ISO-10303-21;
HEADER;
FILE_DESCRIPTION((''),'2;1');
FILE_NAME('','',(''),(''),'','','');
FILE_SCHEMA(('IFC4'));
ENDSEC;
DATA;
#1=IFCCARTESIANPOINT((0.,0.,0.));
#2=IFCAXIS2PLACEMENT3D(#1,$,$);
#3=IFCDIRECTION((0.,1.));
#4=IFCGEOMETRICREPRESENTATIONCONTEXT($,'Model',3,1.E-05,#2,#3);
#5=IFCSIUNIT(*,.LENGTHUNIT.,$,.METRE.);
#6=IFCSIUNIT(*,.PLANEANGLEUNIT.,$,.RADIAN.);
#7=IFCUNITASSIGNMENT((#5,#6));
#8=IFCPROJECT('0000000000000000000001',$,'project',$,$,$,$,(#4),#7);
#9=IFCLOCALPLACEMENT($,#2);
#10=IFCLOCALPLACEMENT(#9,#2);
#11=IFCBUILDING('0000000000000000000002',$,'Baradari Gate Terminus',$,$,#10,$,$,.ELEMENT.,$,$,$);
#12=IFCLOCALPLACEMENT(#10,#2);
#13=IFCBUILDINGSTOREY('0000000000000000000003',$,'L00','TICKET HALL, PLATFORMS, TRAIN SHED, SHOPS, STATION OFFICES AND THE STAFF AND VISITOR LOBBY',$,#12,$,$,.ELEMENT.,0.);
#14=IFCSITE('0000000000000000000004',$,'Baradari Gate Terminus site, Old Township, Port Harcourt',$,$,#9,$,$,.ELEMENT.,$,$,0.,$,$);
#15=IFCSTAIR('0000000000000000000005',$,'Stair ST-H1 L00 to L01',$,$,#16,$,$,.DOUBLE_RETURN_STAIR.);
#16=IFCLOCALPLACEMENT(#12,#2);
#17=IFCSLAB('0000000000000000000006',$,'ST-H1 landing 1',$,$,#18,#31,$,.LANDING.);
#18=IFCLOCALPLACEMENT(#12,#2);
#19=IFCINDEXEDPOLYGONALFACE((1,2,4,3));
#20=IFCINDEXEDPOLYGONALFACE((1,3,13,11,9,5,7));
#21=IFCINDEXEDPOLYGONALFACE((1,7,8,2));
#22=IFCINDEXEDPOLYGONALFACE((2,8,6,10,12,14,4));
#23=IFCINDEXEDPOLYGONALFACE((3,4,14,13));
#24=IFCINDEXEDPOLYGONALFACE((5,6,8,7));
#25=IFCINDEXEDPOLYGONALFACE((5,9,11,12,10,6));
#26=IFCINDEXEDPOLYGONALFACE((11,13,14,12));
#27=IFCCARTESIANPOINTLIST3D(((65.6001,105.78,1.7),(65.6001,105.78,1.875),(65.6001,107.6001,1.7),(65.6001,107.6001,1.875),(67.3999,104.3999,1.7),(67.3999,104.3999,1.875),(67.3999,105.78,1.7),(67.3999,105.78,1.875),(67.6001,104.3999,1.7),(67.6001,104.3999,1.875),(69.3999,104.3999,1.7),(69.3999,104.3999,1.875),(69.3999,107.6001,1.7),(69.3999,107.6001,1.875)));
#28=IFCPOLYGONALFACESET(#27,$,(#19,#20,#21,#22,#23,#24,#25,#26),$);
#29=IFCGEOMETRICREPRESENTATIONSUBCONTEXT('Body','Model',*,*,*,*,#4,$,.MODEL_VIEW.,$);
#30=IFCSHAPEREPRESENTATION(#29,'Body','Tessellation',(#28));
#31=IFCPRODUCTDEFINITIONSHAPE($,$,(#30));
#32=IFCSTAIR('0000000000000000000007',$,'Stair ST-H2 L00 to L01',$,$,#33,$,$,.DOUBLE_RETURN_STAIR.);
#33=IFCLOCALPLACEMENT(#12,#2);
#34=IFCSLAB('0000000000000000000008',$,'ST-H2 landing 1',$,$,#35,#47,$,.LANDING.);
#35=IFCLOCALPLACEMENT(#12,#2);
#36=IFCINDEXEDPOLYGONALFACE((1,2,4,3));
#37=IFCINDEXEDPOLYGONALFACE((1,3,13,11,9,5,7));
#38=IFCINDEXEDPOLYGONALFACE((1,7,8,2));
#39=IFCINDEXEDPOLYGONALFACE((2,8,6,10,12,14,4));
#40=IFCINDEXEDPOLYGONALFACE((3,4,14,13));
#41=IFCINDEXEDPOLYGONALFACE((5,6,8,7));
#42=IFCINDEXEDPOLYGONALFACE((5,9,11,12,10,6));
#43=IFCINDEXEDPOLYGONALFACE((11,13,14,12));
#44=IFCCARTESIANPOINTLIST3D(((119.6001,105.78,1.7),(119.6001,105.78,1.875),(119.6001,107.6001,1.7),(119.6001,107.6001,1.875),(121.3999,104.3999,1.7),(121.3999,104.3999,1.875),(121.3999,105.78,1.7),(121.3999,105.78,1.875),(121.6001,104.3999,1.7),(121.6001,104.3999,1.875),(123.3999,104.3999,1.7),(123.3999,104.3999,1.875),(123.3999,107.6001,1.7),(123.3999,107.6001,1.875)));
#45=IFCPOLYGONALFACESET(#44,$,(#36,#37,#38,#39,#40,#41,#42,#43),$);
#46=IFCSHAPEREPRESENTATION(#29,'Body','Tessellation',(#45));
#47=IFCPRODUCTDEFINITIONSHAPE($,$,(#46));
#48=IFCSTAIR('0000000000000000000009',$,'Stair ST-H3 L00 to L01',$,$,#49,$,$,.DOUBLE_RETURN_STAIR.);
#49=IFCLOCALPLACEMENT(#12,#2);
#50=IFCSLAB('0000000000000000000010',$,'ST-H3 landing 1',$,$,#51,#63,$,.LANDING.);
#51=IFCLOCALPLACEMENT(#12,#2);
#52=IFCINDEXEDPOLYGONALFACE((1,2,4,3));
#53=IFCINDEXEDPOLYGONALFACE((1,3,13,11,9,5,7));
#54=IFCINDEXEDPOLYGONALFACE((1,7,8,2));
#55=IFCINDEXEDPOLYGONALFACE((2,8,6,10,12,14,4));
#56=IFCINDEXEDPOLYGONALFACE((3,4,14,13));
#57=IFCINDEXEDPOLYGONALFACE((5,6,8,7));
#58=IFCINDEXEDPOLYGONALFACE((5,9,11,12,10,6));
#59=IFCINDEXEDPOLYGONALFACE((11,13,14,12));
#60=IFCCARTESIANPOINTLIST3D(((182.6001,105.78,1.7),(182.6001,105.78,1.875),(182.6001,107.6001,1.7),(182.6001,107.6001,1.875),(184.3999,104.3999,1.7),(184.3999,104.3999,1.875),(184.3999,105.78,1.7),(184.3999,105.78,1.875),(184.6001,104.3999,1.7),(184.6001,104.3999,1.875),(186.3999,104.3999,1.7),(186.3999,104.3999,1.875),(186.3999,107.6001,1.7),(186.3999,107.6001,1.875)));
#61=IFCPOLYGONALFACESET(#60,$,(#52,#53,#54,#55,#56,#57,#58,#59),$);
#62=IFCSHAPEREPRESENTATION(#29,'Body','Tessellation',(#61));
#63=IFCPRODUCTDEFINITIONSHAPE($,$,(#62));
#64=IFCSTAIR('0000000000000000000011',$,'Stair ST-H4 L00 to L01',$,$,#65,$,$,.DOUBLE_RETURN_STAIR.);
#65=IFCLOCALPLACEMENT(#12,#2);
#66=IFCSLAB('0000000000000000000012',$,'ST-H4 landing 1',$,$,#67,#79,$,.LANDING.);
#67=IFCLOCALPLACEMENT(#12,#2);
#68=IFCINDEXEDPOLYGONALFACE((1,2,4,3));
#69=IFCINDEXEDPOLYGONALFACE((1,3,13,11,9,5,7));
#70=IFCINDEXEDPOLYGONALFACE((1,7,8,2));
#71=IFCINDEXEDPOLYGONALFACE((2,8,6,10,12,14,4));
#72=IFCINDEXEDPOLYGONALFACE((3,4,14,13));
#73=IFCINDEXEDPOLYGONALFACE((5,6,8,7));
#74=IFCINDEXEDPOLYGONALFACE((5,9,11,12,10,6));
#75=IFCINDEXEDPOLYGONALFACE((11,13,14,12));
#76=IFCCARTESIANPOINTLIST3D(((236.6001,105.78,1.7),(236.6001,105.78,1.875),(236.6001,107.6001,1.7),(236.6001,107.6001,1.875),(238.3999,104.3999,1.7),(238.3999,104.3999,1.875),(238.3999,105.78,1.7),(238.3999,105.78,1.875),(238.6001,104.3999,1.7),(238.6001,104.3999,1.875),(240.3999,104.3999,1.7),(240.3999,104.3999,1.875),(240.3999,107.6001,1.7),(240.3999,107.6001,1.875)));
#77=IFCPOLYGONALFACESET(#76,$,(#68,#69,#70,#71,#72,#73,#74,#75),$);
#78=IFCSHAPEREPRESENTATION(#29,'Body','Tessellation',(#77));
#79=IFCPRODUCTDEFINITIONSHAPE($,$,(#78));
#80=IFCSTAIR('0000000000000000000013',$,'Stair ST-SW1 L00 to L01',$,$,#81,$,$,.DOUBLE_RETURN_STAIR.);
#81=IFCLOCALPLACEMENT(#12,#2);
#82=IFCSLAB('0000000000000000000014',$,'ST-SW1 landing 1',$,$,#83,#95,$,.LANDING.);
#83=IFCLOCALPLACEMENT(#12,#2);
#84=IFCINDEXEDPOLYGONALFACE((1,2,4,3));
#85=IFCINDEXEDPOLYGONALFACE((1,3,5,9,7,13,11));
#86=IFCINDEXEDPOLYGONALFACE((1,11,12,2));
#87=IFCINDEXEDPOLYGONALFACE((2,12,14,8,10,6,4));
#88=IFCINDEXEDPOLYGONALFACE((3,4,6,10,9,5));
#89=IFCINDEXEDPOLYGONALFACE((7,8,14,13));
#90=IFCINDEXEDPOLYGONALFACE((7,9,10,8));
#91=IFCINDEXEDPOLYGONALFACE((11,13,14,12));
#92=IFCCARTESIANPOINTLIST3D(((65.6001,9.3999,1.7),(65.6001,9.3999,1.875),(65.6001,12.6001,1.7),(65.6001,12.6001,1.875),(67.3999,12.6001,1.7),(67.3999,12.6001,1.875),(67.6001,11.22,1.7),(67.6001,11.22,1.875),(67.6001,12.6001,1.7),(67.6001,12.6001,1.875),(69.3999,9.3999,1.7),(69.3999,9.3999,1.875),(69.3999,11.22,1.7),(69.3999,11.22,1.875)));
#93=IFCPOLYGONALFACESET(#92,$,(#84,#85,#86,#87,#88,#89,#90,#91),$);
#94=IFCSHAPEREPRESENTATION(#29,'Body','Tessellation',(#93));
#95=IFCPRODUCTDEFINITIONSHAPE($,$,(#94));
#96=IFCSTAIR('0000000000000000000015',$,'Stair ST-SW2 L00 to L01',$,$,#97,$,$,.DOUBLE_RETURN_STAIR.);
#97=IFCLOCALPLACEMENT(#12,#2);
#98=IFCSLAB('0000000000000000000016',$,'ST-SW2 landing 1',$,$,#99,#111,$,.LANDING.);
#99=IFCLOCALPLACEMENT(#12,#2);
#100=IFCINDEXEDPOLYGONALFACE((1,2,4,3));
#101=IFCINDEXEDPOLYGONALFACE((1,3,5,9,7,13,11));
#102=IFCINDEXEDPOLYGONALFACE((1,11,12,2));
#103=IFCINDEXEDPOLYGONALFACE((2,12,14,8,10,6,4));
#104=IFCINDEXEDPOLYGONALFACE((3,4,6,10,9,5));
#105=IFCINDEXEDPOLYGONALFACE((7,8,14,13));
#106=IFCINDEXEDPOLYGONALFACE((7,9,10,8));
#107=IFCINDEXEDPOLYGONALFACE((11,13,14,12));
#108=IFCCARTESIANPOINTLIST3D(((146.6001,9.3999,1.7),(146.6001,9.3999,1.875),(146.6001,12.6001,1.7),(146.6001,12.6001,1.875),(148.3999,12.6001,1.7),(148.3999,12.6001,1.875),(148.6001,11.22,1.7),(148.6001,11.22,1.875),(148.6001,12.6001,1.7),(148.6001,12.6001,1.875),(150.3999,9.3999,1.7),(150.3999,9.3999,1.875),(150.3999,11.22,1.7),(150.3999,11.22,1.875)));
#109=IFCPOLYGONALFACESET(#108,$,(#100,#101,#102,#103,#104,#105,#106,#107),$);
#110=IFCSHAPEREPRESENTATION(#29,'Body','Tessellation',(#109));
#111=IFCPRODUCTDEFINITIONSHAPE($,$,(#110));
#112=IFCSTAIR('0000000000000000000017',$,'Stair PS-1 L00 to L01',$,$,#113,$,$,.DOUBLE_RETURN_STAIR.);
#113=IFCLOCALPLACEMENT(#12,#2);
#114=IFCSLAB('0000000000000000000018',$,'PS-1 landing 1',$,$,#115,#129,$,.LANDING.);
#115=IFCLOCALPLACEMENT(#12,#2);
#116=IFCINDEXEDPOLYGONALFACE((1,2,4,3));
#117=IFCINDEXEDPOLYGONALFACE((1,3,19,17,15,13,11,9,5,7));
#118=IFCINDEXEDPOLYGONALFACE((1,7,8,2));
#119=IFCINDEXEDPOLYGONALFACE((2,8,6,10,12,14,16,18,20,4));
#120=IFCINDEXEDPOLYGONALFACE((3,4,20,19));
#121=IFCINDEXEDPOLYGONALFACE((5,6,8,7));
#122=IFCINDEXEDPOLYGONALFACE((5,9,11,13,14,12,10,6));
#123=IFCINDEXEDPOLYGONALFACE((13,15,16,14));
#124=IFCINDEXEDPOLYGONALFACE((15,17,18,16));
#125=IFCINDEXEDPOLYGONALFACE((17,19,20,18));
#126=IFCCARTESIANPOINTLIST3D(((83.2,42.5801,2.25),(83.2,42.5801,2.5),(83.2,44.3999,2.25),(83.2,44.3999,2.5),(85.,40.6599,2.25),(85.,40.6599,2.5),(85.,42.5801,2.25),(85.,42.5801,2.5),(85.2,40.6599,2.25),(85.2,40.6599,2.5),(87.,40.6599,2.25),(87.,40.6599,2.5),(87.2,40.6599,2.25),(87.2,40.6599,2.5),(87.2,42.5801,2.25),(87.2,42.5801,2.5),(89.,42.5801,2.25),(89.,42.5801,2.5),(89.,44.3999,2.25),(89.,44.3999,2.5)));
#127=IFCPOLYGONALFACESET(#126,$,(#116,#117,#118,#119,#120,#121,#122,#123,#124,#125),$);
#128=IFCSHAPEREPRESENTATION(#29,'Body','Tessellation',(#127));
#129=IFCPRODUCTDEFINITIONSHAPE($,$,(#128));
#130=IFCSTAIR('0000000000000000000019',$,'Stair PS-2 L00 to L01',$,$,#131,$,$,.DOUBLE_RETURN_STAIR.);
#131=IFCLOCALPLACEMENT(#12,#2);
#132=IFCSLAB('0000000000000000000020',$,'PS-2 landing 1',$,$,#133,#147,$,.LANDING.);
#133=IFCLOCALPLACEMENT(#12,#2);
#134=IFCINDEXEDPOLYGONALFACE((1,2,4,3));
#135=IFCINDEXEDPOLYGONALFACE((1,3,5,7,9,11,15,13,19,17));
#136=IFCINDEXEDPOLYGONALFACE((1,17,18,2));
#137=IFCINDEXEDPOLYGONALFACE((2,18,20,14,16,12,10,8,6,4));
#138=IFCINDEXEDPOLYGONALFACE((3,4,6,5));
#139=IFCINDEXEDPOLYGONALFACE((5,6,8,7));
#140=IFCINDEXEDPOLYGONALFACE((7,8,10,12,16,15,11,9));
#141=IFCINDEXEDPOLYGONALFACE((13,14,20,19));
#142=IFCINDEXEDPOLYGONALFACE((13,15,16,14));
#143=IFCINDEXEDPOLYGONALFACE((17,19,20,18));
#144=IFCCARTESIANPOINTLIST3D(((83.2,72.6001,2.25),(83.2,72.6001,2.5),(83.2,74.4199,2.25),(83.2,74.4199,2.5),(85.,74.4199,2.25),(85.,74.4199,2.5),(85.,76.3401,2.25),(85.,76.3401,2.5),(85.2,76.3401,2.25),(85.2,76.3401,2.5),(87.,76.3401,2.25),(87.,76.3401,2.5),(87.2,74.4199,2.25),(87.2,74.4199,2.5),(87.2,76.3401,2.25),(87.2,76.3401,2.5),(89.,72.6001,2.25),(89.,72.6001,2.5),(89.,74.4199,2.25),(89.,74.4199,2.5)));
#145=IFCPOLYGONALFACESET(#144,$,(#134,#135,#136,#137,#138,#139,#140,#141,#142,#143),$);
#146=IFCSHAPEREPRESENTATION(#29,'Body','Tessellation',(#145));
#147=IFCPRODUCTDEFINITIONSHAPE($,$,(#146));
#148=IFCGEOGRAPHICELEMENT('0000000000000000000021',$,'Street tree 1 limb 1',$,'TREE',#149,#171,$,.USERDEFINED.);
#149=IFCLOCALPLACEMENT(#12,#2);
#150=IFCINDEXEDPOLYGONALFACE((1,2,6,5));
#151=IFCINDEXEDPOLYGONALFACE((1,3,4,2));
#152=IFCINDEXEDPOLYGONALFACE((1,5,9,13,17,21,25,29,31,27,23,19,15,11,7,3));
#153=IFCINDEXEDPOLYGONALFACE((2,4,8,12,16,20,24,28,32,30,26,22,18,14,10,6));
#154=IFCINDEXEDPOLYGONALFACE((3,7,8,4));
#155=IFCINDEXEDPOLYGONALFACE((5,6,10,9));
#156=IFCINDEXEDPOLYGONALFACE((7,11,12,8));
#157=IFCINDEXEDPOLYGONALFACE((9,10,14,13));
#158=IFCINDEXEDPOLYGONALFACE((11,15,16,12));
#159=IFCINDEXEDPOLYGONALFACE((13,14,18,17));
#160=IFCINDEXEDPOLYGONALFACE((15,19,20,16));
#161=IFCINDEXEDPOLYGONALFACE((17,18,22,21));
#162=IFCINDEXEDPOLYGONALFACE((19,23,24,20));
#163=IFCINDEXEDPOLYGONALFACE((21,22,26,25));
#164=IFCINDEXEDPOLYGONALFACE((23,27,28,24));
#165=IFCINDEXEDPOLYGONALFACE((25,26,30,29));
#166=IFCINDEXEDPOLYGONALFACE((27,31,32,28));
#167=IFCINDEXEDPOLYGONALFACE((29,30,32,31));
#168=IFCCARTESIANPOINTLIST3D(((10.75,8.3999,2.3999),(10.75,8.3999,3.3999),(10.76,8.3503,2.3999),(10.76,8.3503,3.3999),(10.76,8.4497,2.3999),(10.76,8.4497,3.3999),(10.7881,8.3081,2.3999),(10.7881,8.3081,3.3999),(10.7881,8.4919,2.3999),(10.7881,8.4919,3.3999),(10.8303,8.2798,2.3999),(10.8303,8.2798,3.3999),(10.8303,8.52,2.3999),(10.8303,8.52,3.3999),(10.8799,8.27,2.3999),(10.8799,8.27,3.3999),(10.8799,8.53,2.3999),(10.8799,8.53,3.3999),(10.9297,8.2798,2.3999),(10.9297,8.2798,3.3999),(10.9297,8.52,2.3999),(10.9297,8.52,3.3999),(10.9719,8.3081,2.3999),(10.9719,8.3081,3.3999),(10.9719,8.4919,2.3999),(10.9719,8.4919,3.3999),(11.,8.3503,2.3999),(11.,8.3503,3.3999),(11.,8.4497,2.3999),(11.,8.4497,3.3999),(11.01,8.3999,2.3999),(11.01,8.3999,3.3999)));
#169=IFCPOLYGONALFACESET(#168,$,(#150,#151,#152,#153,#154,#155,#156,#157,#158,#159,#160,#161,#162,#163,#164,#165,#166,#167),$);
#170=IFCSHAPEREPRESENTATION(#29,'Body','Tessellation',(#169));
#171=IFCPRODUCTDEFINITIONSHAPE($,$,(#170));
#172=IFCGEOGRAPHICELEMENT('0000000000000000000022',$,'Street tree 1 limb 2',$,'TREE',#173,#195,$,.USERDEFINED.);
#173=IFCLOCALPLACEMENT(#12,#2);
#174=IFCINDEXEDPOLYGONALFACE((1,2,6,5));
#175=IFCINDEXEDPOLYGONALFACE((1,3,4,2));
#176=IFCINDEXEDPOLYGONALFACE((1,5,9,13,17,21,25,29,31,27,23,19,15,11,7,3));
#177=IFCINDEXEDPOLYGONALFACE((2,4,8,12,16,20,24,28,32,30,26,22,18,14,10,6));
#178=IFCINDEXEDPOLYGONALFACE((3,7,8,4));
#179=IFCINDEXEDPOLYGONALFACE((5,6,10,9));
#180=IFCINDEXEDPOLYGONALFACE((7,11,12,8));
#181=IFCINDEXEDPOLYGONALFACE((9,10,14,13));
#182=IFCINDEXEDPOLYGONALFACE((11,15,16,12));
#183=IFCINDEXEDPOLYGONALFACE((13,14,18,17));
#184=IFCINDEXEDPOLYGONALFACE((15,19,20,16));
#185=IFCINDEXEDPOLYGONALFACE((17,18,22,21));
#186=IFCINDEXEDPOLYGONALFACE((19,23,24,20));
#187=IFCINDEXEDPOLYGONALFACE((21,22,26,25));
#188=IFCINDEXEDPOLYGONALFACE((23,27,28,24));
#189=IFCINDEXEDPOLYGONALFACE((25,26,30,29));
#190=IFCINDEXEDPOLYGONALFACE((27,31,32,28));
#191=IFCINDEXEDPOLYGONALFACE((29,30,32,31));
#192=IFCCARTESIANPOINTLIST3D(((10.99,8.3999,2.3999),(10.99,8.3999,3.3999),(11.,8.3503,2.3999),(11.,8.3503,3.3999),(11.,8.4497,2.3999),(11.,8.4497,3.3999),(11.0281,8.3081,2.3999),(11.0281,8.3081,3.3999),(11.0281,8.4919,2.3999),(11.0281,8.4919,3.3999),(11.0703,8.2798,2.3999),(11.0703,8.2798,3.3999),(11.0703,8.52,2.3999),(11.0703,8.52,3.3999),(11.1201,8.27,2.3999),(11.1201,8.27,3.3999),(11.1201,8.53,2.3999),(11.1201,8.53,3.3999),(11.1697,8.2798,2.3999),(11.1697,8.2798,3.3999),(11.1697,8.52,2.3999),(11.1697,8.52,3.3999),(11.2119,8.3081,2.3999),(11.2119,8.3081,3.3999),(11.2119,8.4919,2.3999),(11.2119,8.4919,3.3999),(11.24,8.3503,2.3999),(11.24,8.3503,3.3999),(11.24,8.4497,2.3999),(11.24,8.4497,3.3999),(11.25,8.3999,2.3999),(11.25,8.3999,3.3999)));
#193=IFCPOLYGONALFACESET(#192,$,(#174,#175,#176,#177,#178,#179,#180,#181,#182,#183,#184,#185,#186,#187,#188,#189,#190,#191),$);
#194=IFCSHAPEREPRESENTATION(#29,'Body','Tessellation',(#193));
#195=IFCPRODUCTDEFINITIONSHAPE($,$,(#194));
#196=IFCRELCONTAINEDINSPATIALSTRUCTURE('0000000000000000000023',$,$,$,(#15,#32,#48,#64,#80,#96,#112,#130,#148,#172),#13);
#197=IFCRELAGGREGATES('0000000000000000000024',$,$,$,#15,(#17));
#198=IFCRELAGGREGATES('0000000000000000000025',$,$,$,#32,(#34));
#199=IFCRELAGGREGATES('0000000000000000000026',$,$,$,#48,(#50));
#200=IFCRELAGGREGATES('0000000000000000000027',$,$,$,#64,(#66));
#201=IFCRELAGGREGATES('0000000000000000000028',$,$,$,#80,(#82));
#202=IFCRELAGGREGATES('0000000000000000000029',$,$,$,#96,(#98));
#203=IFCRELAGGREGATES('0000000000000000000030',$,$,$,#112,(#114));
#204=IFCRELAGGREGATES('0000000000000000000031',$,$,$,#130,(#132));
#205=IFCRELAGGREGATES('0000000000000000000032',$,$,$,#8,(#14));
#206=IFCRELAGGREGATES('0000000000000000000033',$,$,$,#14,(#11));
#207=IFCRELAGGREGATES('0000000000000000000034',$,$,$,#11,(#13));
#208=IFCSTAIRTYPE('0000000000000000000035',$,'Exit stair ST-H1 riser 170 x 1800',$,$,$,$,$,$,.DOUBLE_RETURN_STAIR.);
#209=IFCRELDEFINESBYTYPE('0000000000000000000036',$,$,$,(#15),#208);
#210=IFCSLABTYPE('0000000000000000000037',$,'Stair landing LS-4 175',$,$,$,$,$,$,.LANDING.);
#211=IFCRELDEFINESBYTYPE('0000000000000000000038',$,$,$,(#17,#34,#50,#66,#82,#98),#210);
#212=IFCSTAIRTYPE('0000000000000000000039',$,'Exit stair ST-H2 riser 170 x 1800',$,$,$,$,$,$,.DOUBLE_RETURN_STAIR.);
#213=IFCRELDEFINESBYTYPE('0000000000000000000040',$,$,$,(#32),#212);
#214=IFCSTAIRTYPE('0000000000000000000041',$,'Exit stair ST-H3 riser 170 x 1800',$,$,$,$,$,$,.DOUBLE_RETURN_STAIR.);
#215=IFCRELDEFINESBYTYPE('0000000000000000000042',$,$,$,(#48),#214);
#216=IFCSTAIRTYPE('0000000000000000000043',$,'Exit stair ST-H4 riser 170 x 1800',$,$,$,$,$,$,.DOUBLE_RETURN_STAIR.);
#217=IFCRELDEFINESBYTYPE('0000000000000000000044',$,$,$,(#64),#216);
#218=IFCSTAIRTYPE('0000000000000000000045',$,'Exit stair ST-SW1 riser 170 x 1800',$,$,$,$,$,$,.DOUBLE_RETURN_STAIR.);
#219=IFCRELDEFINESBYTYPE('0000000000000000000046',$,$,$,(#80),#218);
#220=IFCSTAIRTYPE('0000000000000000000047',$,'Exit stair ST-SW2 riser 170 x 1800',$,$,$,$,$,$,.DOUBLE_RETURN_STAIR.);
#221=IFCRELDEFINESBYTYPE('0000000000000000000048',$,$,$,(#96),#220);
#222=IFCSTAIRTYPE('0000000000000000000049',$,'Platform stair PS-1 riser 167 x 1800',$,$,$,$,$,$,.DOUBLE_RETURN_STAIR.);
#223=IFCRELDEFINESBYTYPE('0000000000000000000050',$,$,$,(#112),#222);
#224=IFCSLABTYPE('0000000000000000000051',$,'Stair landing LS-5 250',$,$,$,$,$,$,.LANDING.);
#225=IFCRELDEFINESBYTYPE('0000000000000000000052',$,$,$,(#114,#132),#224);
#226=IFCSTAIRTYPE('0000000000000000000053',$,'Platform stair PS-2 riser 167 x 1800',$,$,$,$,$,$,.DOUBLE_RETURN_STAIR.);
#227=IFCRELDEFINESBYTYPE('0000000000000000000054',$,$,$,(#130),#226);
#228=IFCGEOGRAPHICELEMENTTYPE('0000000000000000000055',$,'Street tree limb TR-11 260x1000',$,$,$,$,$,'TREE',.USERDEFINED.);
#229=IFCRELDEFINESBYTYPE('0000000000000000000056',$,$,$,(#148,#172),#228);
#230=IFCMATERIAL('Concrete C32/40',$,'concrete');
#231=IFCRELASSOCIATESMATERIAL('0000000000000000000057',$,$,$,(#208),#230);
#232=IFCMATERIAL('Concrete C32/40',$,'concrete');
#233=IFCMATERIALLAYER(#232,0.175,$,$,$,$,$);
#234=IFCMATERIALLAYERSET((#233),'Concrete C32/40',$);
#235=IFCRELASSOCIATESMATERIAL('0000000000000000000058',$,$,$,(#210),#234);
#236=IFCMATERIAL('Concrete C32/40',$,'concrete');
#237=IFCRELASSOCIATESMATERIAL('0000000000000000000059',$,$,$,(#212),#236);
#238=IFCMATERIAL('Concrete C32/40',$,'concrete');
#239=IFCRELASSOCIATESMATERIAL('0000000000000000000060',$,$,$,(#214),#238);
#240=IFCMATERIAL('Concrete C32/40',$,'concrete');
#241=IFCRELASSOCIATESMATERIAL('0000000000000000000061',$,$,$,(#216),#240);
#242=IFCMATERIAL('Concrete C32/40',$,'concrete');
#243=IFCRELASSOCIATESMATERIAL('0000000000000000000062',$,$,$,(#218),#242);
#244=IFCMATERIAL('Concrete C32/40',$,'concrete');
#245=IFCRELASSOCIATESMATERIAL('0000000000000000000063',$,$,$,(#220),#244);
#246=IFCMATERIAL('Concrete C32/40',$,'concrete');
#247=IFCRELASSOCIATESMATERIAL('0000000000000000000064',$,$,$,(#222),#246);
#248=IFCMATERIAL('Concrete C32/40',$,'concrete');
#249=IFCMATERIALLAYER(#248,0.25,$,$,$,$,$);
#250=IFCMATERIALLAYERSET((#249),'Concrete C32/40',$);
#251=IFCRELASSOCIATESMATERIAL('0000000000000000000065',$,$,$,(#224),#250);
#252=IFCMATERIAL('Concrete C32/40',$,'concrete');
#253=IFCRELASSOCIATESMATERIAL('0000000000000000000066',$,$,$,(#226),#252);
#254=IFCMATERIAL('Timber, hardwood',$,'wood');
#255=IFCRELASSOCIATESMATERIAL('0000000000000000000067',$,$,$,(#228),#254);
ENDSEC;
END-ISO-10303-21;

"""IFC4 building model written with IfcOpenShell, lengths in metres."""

from ifc_helpers import new_model, si_unit, direction, frame, origin, place, context, subcontext, project, spatial, polyline, outline, extrude, material, layer, layer_set, type_object, element, aggregate, save


model = new_model("IFC4")

# Units and contexts
model_context = context("Model", 3, precision=1e-05, world=origin(), true_north=direction((0.0, 1.0)))
body_context = subcontext(model_context, "Body", "Model", "MODEL_VIEW")
ifc_project = project(units=[si_unit("LENGTHUNIT", "METRE"), si_unit("PLANEANGLEUNIT", "RADIAN")], contexts=[model_context])

# Site, building, storey
site_placement = place(None, origin())
site = spatial("IfcSite", under=ifc_project, at=site_placement, Name="Baradari Gate Terminus site, Old Township, Port Harcourt", CompositionType="ELEMENT", RefElevation=0.0)
building_placement = place(site_placement, origin())
building = spatial("IfcBuilding", under=site, at=building_placement, Name="Baradari Gate Terminus", CompositionType="ELEMENT")
storey_placement = place(building_placement, origin())
storey = spatial("IfcBuildingStorey", under=building, at=storey_placement, Name="L00", Description="TICKET HALL, PLATFORMS, TRAIN SHED, SHOPS, STATION OFFICES AND THE STAFF AND VISITOR LOBBY", CompositionType="ELEMENT", Elevation=0.0)

# Stairs, slabs
ifc_material_1 = material(Name="Concrete C32/40", Category="concrete")
stair_type_1 = type_object("IfcStairType", Name="Exit stair ST-H1 riser 170 x 1800", PredefinedType="DOUBLE_RETURN_STAIR", material=ifc_material_1)
stair_1_placement = place(storey_placement, origin())
stair_1 = element("IfcStair", 1, at=stair_1_placement, inside=storey, type_object=stair_type_1, Name="Stair ST-H1 L00 to L01", PredefinedType="DOUBLE_RETURN_STAIR")
ifc_material_2 = material(Name="Concrete C32/40", Category="concrete")
ifc_layer_1 = layer(ifc_material_2, 0.175)
ifc_layer_set_1 = layer_set([ifc_layer_1], Name="Concrete C32/40")
slab_type_1 = type_object("IfcSlabType", Name="Stair landing LS-4 175", PredefinedType="LANDING", material=ifc_layer_set_1)
slab_1_placement = place(storey_placement, frame((0.0, 0.0, 1.7)))
slab_1 = element("IfcSlab", 2, at=slab_1_placement, type_object=slab_type_1, Name="ST-H1 landing 1", PredefinedType="LANDING", context=body_context, shape_type="SweptSolid", body=[
    extrude(outline(polyline([(65.6001, 107.6001), (65.6001, 105.78), (67.3999, 105.78), (67.3999, 104.3999), (67.6001, 104.3999), (69.3999, 104.3999), (69.3999, 107.6001), (65.6001, 107.6001)])), origin(), (0.0, 0.0, 1.0), 0.175),
])
aggregate(stair_1, [slab_1])
ifc_material_3 = material(Name="Concrete C32/40", Category="concrete")
stair_type_2 = type_object("IfcStairType", Name="Exit stair ST-H2 riser 170 x 1800", PredefinedType="DOUBLE_RETURN_STAIR", material=ifc_material_3)
stair_2_placement = place(storey_placement, origin())
stair_2 = element("IfcStair", 3, at=stair_2_placement, inside=storey, type_object=stair_type_2, Name="Stair ST-H2 L00 to L01", PredefinedType="DOUBLE_RETURN_STAIR")
slab_2_placement = place(storey_placement, frame((0.0, 0.0, 1.7)))
slab_2 = element("IfcSlab", 4, at=slab_2_placement, type_object=slab_type_1, Name="ST-H2 landing 1", PredefinedType="LANDING", context=body_context, shape_type="SweptSolid", body=[
    extrude(outline(polyline([(119.6001, 107.6001), (119.6001, 105.78), (121.3999, 105.78), (121.3999, 104.3999), (121.6001, 104.3999), (123.3999, 104.3999), (123.3999, 107.6001), (119.6001, 107.6001)])), origin(), (0.0, 0.0, 1.0), 0.175),
])
aggregate(stair_2, [slab_2])
ifc_material_4 = material(Name="Concrete C32/40", Category="concrete")
stair_type_3 = type_object("IfcStairType", Name="Exit stair ST-H3 riser 170 x 1800", PredefinedType="DOUBLE_RETURN_STAIR", material=ifc_material_4)
stair_3_placement = place(storey_placement, origin())
stair_3 = element("IfcStair", 5, at=stair_3_placement, inside=storey, type_object=stair_type_3, Name="Stair ST-H3 L00 to L01", PredefinedType="DOUBLE_RETURN_STAIR")
slab_3_placement = place(storey_placement, frame((0.0, 0.0, 1.7)))
slab_3 = element("IfcSlab", 6, at=slab_3_placement, type_object=slab_type_1, Name="ST-H3 landing 1", PredefinedType="LANDING", context=body_context, shape_type="SweptSolid", body=[
    extrude(outline(polyline([(182.6001, 107.6001), (182.6001, 105.78), (184.3999, 105.78), (184.3999, 104.3999), (184.6001, 104.3999), (186.3999, 104.3999), (186.3999, 107.6001), (182.6001, 107.6001)])), origin(), (0.0, 0.0, 1.0), 0.175),
])
aggregate(stair_3, [slab_3])
ifc_material_5 = material(Name="Concrete C32/40", Category="concrete")
stair_type_4 = type_object("IfcStairType", Name="Exit stair ST-H4 riser 170 x 1800", PredefinedType="DOUBLE_RETURN_STAIR", material=ifc_material_5)
stair_4_placement = place(storey_placement, origin())
stair_4 = element("IfcStair", 7, at=stair_4_placement, inside=storey, type_object=stair_type_4, Name="Stair ST-H4 L00 to L01", PredefinedType="DOUBLE_RETURN_STAIR")
slab_4_placement = place(storey_placement, frame((0.0, 0.0, 1.7)))
slab_4 = element("IfcSlab", 8, at=slab_4_placement, type_object=slab_type_1, Name="ST-H4 landing 1", PredefinedType="LANDING", context=body_context, shape_type="SweptSolid", body=[
    extrude(outline(polyline([(236.6001, 107.6001), (236.6001, 105.78), (238.3999, 105.78), (238.3999, 104.3999), (238.6001, 104.3999), (240.3999, 104.3999), (240.3999, 107.6001), (236.6001, 107.6001)])), origin(), (0.0, 0.0, 1.0), 0.175),
])
aggregate(stair_4, [slab_4])
ifc_material_6 = material(Name="Concrete C32/40", Category="concrete")
stair_type_5 = type_object("IfcStairType", Name="Exit stair ST-SW1 riser 170 x 1800", PredefinedType="DOUBLE_RETURN_STAIR", material=ifc_material_6)
stair_5_placement = place(storey_placement, origin())
stair_5 = element("IfcStair", 9, at=stair_5_placement, inside=storey, type_object=stair_type_5, Name="Stair ST-SW1 L00 to L01", PredefinedType="DOUBLE_RETURN_STAIR")
slab_5_placement = place(storey_placement, frame((0.0, 0.0, 1.7)))
slab_5 = element("IfcSlab", 10, at=slab_5_placement, type_object=slab_type_1, Name="ST-SW1 landing 1", PredefinedType="LANDING", context=body_context, shape_type="SweptSolid", body=[
    extrude(outline(polyline([(69.3999, 9.3999), (69.3999, 11.22), (67.6001, 11.22), (67.6001, 12.6001), (67.3999, 12.6001), (65.6001, 12.6001), (65.6001, 9.3999), (69.3999, 9.3999)])), origin(), (0.0, 0.0, 1.0), 0.175),
])
aggregate(stair_5, [slab_5])
ifc_material_7 = material(Name="Concrete C32/40", Category="concrete")
stair_type_6 = type_object("IfcStairType", Name="Exit stair ST-SW2 riser 170 x 1800", PredefinedType="DOUBLE_RETURN_STAIR", material=ifc_material_7)
stair_6_placement = place(storey_placement, origin())
stair_6 = element("IfcStair", 11, at=stair_6_placement, inside=storey, type_object=stair_type_6, Name="Stair ST-SW2 L00 to L01", PredefinedType="DOUBLE_RETURN_STAIR")
slab_6_placement = place(storey_placement, frame((0.0, 0.0, 1.7)))
slab_6 = element("IfcSlab", 12, at=slab_6_placement, type_object=slab_type_1, Name="ST-SW2 landing 1", PredefinedType="LANDING", context=body_context, shape_type="SweptSolid", body=[
    extrude(outline(polyline([(150.3999, 9.3999), (150.3999, 11.22), (148.6001, 11.22), (148.6001, 12.6001), (148.3999, 12.6001), (146.6001, 12.6001), (146.6001, 9.3999), (150.3999, 9.3999)])), origin(), (0.0, 0.0, 1.0), 0.175),
])
aggregate(stair_6, [slab_6])
ifc_material_8 = material(Name="Concrete C32/40", Category="concrete")
stair_type_7 = type_object("IfcStairType", Name="Platform stair PS-1 riser 167 x 1800", PredefinedType="DOUBLE_RETURN_STAIR", material=ifc_material_8)
stair_7_placement = place(storey_placement, origin())
stair_7 = element("IfcStair", 13, at=stair_7_placement, inside=storey, type_object=stair_type_7, Name="Stair PS-1 L00 to L01", PredefinedType="DOUBLE_RETURN_STAIR")
ifc_material_9 = material(Name="Concrete C32/40", Category="concrete")
ifc_layer_2 = layer(ifc_material_9, 0.25)
ifc_layer_set_2 = layer_set([ifc_layer_2], Name="Concrete C32/40")
slab_type_2 = type_object("IfcSlabType", Name="Stair landing LS-5 250", PredefinedType="LANDING", material=ifc_layer_set_2)
slab_7_placement = place(storey_placement, frame((0.0, 0.0, 2.25)))
slab_7 = element("IfcSlab", 14, at=slab_7_placement, type_object=slab_type_2, Name="PS-1 landing 1", PredefinedType="LANDING", context=body_context, shape_type="SweptSolid", body=[
    extrude(outline(polyline([(83.2, 44.3999), (83.2, 42.5801), (85.0, 42.5801), (85.0, 40.6599), (85.2, 40.6599), (87.0, 40.6599), (87.2, 40.6599), (87.2, 42.5801), (89.0, 42.5801), (89.0, 44.3999), (83.2, 44.3999)])), origin(), (0.0, 0.0, 1.0), 0.25),
])
aggregate(stair_7, [slab_7])
ifc_material_10 = material(Name="Concrete C32/40", Category="concrete")
stair_type_8 = type_object("IfcStairType", Name="Platform stair PS-2 riser 167 x 1800", PredefinedType="DOUBLE_RETURN_STAIR", material=ifc_material_10)
stair_8_placement = place(storey_placement, origin())
stair_8 = element("IfcStair", 15, at=stair_8_placement, inside=storey, type_object=stair_type_8, Name="Stair PS-2 L00 to L01", PredefinedType="DOUBLE_RETURN_STAIR")
slab_8_placement = place(storey_placement, frame((0.0, 0.0, 2.25)))
slab_8 = element("IfcSlab", 16, at=slab_8_placement, type_object=slab_type_2, Name="PS-2 landing 1", PredefinedType="LANDING", context=body_context, shape_type="SweptSolid", body=[
    extrude(outline(polyline([(89.0, 72.6001), (89.0, 74.4199), (87.2, 74.4199), (87.2, 76.3401), (87.0, 76.3401), (85.2, 76.3401), (85.0, 76.3401), (85.0, 74.4199), (83.2, 74.4199), (83.2, 72.6001), (89.0, 72.6001)])), origin(), (0.0, 0.0, 1.0), 0.25),
])
aggregate(stair_8, [slab_8])

# Geographic elements
ifc_material_11 = material(Name="Timber, hardwood", Category="wood")
geographic_element_type = type_object("IfcGeographicElementType", Name="Street tree limb TR-11 260x1000", ElementType="TREE", PredefinedType="USERDEFINED", material=ifc_material_11)
geographic_element_1_placement = place(storey_placement, frame((0.0, 0.0, 2.3999)))
element("IfcGeographicElement", 17, at=geographic_element_1_placement, inside=storey, type_object=geographic_element_type, Name="Street tree 1 limb 1", ObjectType="TREE", PredefinedType="USERDEFINED", context=body_context, shape_type="SweptSolid", body=[
    extrude(outline(polyline([(11.01, 8.3999), (11.0, 8.4497), (10.9719, 8.4919), (10.9297, 8.52), (10.8799, 8.53), (10.8303, 8.52), (10.7881, 8.4919), (10.76, 8.4497), (10.75, 8.3999), (10.76, 8.3503), (10.7881, 8.3081), (10.8303, 8.2798), (10.8799, 8.27), (10.9297, 8.2798), (10.9719, 8.3081), (11.0, 8.3503), (11.01, 8.3999)])), origin(), (0.0, 0.0, 1.0), 1.0),
])
geographic_element_2_placement = place(storey_placement, frame((0.0, 0.0, 2.3999)))
element("IfcGeographicElement", 18, at=geographic_element_2_placement, inside=storey, type_object=geographic_element_type, Name="Street tree 1 limb 2", ObjectType="TREE", PredefinedType="USERDEFINED", context=body_context, shape_type="SweptSolid", body=[
    extrude(outline(polyline([(11.25, 8.3999), (11.24, 8.4497), (11.2119, 8.4919), (11.1697, 8.52), (11.1201, 8.53), (11.0703, 8.52), (11.0281, 8.4919), (11.0, 8.4497), (10.99, 8.3999), (11.0, 8.3503), (11.0281, 8.3081), (11.0703, 8.2798), (11.1201, 8.27), (11.1697, 8.2798), (11.2119, 8.3081), (11.24, 8.3503), (11.25, 8.3999)])), origin(), (0.0, 0.0, 1.0), 1.0),
])

save(model, "model.ifc")
